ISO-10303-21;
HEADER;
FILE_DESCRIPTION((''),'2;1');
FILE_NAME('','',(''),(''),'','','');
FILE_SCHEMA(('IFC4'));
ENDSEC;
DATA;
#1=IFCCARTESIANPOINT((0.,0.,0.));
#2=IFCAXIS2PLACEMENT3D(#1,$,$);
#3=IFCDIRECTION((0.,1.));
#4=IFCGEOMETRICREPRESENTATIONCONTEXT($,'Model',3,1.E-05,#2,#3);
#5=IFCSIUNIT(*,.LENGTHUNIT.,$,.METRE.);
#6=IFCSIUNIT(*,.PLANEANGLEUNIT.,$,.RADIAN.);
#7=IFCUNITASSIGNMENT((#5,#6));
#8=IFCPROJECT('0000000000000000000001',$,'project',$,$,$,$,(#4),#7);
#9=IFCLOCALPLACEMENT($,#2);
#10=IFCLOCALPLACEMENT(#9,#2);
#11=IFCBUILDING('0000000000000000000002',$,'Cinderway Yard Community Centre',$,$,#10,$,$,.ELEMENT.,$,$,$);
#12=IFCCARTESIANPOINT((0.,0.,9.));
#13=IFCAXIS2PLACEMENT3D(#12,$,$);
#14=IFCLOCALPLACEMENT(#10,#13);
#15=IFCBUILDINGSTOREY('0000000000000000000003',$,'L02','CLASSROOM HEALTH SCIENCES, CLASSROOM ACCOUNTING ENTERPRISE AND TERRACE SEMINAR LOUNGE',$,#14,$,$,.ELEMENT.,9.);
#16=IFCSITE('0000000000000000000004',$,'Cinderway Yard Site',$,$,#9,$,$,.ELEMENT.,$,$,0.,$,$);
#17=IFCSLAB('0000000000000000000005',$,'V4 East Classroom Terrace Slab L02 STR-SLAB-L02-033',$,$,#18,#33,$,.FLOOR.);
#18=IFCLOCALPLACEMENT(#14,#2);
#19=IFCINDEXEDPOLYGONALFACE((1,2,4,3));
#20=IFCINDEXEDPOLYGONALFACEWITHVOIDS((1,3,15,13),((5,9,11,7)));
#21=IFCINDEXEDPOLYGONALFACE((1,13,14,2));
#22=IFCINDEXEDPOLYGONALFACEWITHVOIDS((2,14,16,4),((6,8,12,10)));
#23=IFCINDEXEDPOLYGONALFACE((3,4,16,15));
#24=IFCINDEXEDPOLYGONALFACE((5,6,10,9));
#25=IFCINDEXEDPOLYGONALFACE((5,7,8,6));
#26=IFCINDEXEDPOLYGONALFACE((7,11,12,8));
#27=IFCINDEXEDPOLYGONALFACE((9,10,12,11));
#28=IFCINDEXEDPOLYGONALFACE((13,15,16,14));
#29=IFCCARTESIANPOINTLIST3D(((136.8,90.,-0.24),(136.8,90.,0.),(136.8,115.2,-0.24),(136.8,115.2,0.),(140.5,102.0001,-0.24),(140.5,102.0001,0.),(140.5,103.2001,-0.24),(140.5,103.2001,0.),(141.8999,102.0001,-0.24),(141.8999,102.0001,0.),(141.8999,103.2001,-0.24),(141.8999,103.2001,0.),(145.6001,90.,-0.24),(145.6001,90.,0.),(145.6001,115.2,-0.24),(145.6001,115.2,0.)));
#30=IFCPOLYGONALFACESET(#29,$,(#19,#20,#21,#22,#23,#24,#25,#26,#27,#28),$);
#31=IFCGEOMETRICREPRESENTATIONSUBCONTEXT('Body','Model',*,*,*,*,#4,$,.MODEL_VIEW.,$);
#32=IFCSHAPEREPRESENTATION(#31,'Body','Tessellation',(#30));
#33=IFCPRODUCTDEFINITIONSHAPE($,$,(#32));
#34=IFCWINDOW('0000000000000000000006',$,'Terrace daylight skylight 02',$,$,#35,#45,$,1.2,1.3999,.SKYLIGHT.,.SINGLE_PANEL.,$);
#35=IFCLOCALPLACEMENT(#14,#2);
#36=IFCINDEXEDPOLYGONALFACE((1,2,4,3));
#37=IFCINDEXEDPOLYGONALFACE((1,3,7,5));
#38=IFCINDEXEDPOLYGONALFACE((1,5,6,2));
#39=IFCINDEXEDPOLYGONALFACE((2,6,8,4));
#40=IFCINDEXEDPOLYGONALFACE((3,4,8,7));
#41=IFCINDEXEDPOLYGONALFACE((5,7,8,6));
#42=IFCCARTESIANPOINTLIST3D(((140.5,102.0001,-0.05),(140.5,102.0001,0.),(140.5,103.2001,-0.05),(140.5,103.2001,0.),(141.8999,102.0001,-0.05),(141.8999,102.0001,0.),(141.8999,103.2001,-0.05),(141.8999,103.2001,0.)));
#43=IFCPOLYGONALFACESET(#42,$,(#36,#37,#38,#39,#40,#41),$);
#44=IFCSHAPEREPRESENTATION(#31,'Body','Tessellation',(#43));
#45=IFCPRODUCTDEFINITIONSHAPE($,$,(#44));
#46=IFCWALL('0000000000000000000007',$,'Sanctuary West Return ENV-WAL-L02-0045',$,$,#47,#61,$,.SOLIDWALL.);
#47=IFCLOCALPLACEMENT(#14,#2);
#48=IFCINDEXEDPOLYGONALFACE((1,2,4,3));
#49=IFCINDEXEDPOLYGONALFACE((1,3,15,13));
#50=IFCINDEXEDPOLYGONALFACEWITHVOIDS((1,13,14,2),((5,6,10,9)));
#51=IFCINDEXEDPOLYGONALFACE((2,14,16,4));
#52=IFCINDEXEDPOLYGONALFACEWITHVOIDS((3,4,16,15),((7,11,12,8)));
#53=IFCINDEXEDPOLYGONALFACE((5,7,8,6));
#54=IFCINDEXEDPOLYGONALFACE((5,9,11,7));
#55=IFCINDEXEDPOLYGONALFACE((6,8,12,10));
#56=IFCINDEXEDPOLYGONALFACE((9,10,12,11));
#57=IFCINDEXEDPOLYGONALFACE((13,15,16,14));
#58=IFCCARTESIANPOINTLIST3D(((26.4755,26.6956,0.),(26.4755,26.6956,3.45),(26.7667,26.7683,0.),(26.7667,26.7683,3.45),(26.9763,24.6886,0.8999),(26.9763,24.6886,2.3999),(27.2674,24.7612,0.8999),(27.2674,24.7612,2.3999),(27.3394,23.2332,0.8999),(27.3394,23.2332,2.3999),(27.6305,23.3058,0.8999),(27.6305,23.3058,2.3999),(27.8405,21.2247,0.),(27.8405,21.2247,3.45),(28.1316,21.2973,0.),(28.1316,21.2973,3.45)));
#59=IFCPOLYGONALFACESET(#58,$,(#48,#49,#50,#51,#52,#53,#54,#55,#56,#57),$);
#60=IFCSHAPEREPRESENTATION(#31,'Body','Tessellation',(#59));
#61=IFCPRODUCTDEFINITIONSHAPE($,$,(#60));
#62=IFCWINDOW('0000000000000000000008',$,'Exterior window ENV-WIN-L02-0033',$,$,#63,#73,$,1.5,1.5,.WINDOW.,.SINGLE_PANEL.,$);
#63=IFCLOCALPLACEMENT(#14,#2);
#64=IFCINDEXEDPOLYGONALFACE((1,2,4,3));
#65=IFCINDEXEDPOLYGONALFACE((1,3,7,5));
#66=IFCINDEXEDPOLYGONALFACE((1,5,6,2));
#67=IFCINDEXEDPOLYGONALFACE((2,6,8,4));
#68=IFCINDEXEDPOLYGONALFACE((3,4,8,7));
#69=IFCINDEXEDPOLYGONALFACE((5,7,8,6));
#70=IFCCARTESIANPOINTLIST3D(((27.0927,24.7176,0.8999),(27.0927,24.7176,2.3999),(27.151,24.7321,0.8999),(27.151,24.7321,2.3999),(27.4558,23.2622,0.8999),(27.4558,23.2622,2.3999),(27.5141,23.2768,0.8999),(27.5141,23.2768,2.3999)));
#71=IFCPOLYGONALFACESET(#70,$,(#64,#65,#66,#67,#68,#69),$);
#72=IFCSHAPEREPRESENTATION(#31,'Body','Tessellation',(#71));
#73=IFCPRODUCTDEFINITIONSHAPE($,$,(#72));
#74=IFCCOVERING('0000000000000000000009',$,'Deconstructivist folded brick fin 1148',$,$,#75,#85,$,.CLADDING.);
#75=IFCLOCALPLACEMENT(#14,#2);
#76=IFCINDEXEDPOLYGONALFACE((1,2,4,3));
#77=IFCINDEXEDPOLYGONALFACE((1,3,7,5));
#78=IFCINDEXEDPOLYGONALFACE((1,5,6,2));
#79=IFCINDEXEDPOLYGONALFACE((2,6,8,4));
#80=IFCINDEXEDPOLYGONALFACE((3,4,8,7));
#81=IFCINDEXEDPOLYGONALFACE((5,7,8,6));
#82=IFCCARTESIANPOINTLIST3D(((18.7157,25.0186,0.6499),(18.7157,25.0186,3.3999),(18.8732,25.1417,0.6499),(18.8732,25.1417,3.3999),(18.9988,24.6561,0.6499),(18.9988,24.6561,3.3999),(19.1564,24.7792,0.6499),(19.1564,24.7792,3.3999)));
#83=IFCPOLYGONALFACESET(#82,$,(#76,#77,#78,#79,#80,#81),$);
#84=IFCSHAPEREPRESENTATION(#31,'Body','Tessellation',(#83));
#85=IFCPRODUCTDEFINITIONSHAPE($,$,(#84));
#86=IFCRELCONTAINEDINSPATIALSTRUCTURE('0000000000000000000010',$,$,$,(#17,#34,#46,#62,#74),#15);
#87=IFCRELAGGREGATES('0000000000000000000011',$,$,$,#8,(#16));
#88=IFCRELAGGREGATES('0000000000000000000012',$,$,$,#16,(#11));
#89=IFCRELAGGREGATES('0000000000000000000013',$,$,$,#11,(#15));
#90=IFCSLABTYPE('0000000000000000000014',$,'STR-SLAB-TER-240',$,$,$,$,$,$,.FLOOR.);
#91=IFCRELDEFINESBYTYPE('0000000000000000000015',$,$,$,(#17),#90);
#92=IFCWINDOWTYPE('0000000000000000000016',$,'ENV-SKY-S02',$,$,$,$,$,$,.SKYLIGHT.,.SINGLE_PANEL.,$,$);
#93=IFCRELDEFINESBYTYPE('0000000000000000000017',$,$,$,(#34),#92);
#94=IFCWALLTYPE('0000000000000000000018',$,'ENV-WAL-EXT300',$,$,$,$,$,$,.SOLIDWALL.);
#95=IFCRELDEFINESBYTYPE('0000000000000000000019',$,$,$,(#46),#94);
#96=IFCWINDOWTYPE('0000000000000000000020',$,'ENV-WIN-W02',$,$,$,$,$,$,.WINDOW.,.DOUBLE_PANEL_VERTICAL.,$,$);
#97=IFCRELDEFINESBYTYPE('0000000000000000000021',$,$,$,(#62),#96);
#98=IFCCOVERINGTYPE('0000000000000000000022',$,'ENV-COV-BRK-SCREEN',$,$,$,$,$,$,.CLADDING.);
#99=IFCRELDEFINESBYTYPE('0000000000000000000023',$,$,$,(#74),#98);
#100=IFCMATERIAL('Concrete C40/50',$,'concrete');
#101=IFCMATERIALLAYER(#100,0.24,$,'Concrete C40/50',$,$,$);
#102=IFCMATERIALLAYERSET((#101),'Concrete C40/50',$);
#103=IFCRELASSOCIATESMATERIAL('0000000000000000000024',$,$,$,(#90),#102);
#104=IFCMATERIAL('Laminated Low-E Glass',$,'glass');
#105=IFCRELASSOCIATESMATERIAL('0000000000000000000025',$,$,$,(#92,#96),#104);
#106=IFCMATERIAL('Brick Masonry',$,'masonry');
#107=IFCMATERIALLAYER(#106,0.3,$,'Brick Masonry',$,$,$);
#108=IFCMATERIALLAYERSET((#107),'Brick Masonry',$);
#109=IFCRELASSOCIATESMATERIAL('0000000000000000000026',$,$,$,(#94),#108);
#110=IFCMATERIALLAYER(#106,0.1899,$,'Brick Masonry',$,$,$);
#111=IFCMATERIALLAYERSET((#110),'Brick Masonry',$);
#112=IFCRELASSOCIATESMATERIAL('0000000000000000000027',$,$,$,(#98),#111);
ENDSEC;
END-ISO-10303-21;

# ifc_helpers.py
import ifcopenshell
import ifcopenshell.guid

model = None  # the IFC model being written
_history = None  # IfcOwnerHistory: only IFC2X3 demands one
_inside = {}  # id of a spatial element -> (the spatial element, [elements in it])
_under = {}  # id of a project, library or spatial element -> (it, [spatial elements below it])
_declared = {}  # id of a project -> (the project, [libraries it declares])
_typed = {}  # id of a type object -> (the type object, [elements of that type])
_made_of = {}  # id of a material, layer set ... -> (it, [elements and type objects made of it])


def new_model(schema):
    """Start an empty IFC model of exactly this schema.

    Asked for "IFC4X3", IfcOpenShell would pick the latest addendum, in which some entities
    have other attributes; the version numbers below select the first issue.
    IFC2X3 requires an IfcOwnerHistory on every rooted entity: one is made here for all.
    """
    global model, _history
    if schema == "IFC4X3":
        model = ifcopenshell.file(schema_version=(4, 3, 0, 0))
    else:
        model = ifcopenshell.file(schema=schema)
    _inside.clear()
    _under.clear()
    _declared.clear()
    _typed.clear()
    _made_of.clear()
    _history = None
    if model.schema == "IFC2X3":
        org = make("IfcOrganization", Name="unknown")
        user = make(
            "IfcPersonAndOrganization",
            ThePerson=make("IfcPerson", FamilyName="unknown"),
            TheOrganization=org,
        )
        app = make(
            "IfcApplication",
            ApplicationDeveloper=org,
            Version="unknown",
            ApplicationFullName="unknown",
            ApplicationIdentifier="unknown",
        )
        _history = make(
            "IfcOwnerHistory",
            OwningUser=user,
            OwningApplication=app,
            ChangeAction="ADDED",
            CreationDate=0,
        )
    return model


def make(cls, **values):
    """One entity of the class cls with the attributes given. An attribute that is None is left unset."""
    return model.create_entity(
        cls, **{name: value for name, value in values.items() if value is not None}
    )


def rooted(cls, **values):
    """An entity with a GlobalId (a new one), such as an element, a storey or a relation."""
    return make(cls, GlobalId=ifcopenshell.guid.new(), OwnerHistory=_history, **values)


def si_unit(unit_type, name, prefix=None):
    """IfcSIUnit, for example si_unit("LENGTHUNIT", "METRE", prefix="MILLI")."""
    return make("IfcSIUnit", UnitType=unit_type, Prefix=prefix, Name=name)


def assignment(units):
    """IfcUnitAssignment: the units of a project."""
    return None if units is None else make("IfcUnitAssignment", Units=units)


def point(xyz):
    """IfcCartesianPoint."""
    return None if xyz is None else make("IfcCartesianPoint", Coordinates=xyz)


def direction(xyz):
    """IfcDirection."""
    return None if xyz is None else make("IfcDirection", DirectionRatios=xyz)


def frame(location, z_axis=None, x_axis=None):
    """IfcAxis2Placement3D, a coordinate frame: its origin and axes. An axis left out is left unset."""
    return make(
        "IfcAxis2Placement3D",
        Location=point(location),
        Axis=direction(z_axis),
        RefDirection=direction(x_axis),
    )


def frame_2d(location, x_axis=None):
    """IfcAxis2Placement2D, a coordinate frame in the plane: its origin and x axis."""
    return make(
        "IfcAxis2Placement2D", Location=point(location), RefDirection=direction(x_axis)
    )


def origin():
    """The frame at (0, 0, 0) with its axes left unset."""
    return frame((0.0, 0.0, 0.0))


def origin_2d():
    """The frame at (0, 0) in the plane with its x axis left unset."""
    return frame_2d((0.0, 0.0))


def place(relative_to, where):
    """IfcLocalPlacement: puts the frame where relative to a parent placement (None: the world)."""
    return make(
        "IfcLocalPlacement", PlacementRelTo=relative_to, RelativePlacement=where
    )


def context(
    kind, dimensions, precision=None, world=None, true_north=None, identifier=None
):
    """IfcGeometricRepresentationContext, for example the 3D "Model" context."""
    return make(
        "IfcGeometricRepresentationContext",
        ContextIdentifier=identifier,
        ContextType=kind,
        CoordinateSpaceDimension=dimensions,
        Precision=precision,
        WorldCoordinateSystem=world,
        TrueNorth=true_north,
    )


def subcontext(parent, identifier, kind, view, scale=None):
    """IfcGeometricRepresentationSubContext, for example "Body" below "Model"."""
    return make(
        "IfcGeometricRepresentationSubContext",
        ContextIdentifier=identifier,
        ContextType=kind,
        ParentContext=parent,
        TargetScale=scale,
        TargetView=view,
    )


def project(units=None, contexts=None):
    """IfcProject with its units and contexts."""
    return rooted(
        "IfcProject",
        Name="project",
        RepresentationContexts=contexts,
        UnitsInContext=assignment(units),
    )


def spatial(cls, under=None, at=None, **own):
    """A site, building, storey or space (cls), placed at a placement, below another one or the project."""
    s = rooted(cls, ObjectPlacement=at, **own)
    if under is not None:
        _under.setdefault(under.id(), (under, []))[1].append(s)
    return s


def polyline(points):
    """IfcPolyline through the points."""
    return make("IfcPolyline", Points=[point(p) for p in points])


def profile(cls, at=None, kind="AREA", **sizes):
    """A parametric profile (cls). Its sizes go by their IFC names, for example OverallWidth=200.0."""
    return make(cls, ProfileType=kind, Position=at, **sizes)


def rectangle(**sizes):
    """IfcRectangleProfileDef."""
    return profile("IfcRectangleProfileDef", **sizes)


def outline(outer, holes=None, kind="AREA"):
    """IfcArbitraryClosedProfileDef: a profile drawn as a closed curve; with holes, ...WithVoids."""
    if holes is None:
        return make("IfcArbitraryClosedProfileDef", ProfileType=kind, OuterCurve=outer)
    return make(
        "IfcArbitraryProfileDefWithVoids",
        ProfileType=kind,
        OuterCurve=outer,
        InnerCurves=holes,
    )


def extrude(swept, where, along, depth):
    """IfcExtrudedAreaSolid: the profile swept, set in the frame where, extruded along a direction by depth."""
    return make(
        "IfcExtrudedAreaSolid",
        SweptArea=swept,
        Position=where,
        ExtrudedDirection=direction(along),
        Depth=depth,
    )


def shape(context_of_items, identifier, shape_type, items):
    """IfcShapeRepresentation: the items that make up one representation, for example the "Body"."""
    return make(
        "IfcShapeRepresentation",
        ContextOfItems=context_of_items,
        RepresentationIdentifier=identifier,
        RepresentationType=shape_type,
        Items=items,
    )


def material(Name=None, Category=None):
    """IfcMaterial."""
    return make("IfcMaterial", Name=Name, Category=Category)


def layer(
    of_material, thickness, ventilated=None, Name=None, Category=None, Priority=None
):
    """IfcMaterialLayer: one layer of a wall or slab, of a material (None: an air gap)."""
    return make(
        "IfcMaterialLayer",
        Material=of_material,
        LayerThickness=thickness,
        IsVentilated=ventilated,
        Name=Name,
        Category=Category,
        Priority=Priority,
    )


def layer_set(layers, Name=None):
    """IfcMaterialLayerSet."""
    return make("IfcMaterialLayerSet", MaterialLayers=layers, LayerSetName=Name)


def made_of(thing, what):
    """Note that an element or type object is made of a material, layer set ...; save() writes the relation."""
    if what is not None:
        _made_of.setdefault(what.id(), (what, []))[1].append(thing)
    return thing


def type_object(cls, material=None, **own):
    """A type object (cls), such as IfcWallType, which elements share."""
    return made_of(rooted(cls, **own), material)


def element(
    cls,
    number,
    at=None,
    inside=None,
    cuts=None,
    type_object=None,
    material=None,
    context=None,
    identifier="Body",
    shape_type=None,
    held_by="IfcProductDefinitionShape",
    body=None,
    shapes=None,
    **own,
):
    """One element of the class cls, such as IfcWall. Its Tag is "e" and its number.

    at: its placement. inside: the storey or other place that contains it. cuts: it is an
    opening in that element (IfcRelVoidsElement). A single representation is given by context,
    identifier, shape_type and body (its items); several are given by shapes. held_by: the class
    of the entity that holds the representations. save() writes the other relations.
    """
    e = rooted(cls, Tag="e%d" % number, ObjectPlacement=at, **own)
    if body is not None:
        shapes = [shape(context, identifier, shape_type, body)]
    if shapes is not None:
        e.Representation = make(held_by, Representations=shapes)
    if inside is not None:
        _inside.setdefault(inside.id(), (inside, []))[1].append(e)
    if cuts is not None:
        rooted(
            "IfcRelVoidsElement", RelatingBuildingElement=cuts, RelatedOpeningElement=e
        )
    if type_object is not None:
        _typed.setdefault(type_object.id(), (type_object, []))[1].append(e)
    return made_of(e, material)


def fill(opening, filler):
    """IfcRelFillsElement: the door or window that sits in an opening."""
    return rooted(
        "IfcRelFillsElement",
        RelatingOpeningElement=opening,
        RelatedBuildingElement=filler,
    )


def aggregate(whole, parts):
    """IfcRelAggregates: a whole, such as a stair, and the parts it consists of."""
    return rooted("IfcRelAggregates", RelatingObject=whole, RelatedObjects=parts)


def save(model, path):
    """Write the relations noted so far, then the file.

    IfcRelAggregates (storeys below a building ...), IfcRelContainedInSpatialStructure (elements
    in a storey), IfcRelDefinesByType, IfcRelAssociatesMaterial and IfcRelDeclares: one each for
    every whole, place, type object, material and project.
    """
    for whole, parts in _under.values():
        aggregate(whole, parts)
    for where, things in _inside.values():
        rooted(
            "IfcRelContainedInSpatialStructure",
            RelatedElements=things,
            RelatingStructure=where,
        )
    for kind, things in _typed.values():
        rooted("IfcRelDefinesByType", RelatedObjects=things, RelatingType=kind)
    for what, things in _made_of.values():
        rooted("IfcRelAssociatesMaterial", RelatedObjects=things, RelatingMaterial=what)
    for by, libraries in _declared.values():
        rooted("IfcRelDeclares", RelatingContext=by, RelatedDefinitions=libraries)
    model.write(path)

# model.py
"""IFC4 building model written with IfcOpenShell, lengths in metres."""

from ifc_helpers import new_model, si_unit, direction, frame, frame_2d, origin, origin_2d, place, context, subcontext, project, spatial, polyline, rectangle, outline, extrude, material, layer, layer_set, type_object, element, fill, save


model = new_model("IFC4")

# Units and contexts
model_context = context("Model", 3, precision=1e-05, world=origin(), true_north=direction((0.0, 1.0)))
body_context = subcontext(model_context, "Body", "Model", "MODEL_VIEW")
ifc_project = project(units=[si_unit("LENGTHUNIT", "METRE"), si_unit("PLANEANGLEUNIT", "RADIAN")], contexts=[model_context])

# Site, building, storey
site_placement = place(None, origin())
site = spatial("IfcSite", under=ifc_project, at=site_placement, Name="Cinderway Yard Site", CompositionType="ELEMENT", RefElevation=0.0)
building_placement = place(site_placement, origin())
building = spatial("IfcBuilding", under=site, at=building_placement, Name="Cinderway Yard Community Centre", CompositionType="ELEMENT")
storey_placement = place(building_placement, frame((0.0, 0.0, 9.0)))
storey = spatial("IfcBuildingStorey", under=building, at=storey_placement, Name="L02", Description="CLASSROOM HEALTH SCIENCES, CLASSROOM ACCOUNTING ENTERPRISE AND TERRACE SEMINAR LOUNGE", CompositionType="ELEMENT", Elevation=9.0)

# Shared definitions
ifc_material_1 = material(Name="Concrete C40/50", Category="concrete")

# Slab, opening, window
ifc_layer_1 = layer(ifc_material_1, 0.24, Name="Concrete C40/50")
ifc_layer_set_1 = layer_set([ifc_layer_1], Name="Concrete C40/50")
slab_type_1 = type_object("IfcSlabType", Name="STR-SLAB-TER-240", PredefinedType="FLOOR", material=ifc_layer_set_1)
ifc_material_2 = material(Name="Laminated Low-E Glass", Category="glass")
slab_1_placement = place(storey_placement, frame((0.0, 0.0, -0.24)))
slab_1 = element("IfcSlab", 1, at=slab_1_placement, inside=storey, type_object=slab_type_1, Name="V4 East Classroom Terrace Slab L02 STR-SLAB-L02-033", PredefinedType="FLOOR", context=body_context, shape_type="SweptSolid", body=[
    extrude(outline(polyline([(136.8, 90.0), (145.6001, 90.0), (145.6001, 115.2), (136.8, 115.2), (136.8, 90.0)])), origin(), (0.0, 0.0, 1.0), 0.24),
])
opening_1_placement = place(slab_1_placement, frame((141.2, 102.6001, 0.0)))
opening_1 = element("IfcOpeningElement", 2, at=opening_1_placement, cuts=slab_1, PredefinedType="OPENING", context=body_context, shape_type="SweptSolid", body=[
    extrude(rectangle(XDim=1.3999, YDim=1.2, at=origin_2d()), origin(), (0.0, 0.0, 1.0), 0.24),
])
window_type_1 = type_object("IfcWindowType", Name="ENV-SKY-S02", PartitioningType="SINGLE_PANEL", PredefinedType="SKYLIGHT", material=ifc_material_2)
window_1_placement = place(opening_1_placement, frame((0.0, 0.0, 0.1899)))
window_1 = element("IfcWindow", 3, at=window_1_placement, inside=storey, type_object=window_type_1, Name="Terrace daylight skylight 02", OverallHeight=1.2, OverallWidth=1.3999, PartitioningType="SINGLE_PANEL", PredefinedType="SKYLIGHT", context=body_context, shape_type="SweptSolid", body=[
    extrude(rectangle(XDim=1.3999, YDim=1.2, at=origin_2d()), origin(), (0.0, 0.0, 1.0), 0.05),
])
fill(opening_1, window_1)

# Wall, opening, window
ifc_material_3 = material(Name="Brick Masonry", Category="masonry")
ifc_layer_2 = layer(ifc_material_3, 0.3, Name="Brick Masonry")
ifc_layer_set_2 = layer_set([ifc_layer_2], Name="Brick Masonry")
wall_type = type_object("IfcWallType", Name="ENV-WAL-EXT300", PredefinedType="SOLIDWALL", material=ifc_layer_set_2)
wall_placement = place(storey_placement, frame((27.9861, 21.261, 0.0), z_axis=(0.0, 0.0, 1.0), x_axis=(-0.242077, 0.970257, 0.0)))
wall = element("IfcWall", 4, at=wall_placement, inside=storey, type_object=wall_type, Name="Sanctuary West Return ENV-WAL-L02-0045", PredefinedType="SOLIDWALL", context=body_context, shape_type="SweptSolid", body=[
    extrude(rectangle(XDim=5.6387, YDim=0.3, at=frame_2d((2.8193, 0.0))), origin(), (0.0, 0.0, 1.0), 3.45),
])
opening_2_placement = place(wall_placement, frame((2.0701, 0.0, 0.8999)))
opening_2 = element("IfcOpeningElement", 5, at=opening_2_placement, cuts=wall, PredefinedType="OPENING", context=body_context, shape_type="SweptSolid", body=[
    extrude(rectangle(XDim=1.5, YDim=1.5, at=frame_2d((0.75, 0.75))), frame((0.0, 0.1599, 0.0), z_axis=(0.0, -1.0, 0.0), x_axis=(1.0, 0.0, 0.0)), (0.0, 0.0, 1.0), 0.3201),
])
window_type_2 = type_object("IfcWindowType", Name="ENV-WIN-W02", PartitioningType="DOUBLE_PANEL_VERTICAL", PredefinedType="WINDOW", material=ifc_material_2)
window_2_placement = place(opening_2_placement, origin())
window_2 = element("IfcWindow", 6, at=window_2_placement, inside=storey, type_object=window_type_2, Name="Exterior window ENV-WIN-L02-0033", OverallHeight=1.5, OverallWidth=1.5, PartitioningType="SINGLE_PANEL", PredefinedType="WINDOW", context=body_context, shape_type="SweptSolid", body=[
    extrude(rectangle(XDim=1.5, YDim=1.5, at=frame_2d((0.75, 0.75))), frame((0.0, 0.03, 0.0), z_axis=(0.0, -1.0, 0.0), x_axis=(1.0, 0.0, 0.0)), (0.0, 0.0, 1.0), 0.0601),
])
fill(opening_2, window_2)

# Covering
ifc_layer_3 = layer(ifc_material_3, 0.1899, Name="Brick Masonry")
ifc_layer_set_3 = layer_set([ifc_layer_3], Name="Brick Masonry")
covering_type = type_object("IfcCoveringType", Name="ENV-COV-BRK-SCREEN", PredefinedType="CLADDING", material=ifc_layer_set_3)
covering_placement = place(storey_placement, frame((18.936, 24.8989, 0.6499), z_axis=(0.0, 0.0, 1.0), x_axis=(-0.615661, 0.788011, 0.0)))
element("IfcCovering", 7, at=covering_placement, inside=storey, type_object=covering_type, Name="Deconstructivist folded brick fin 1148", PredefinedType="CLADDING", context=body_context, shape_type="SweptSolid", body=[
    extrude(rectangle(XDim=0.46, YDim=0.2, at=origin_2d()), origin(), (0.0, 0.0, 1.0), 2.75),
])

save(model, "model.ifc")
